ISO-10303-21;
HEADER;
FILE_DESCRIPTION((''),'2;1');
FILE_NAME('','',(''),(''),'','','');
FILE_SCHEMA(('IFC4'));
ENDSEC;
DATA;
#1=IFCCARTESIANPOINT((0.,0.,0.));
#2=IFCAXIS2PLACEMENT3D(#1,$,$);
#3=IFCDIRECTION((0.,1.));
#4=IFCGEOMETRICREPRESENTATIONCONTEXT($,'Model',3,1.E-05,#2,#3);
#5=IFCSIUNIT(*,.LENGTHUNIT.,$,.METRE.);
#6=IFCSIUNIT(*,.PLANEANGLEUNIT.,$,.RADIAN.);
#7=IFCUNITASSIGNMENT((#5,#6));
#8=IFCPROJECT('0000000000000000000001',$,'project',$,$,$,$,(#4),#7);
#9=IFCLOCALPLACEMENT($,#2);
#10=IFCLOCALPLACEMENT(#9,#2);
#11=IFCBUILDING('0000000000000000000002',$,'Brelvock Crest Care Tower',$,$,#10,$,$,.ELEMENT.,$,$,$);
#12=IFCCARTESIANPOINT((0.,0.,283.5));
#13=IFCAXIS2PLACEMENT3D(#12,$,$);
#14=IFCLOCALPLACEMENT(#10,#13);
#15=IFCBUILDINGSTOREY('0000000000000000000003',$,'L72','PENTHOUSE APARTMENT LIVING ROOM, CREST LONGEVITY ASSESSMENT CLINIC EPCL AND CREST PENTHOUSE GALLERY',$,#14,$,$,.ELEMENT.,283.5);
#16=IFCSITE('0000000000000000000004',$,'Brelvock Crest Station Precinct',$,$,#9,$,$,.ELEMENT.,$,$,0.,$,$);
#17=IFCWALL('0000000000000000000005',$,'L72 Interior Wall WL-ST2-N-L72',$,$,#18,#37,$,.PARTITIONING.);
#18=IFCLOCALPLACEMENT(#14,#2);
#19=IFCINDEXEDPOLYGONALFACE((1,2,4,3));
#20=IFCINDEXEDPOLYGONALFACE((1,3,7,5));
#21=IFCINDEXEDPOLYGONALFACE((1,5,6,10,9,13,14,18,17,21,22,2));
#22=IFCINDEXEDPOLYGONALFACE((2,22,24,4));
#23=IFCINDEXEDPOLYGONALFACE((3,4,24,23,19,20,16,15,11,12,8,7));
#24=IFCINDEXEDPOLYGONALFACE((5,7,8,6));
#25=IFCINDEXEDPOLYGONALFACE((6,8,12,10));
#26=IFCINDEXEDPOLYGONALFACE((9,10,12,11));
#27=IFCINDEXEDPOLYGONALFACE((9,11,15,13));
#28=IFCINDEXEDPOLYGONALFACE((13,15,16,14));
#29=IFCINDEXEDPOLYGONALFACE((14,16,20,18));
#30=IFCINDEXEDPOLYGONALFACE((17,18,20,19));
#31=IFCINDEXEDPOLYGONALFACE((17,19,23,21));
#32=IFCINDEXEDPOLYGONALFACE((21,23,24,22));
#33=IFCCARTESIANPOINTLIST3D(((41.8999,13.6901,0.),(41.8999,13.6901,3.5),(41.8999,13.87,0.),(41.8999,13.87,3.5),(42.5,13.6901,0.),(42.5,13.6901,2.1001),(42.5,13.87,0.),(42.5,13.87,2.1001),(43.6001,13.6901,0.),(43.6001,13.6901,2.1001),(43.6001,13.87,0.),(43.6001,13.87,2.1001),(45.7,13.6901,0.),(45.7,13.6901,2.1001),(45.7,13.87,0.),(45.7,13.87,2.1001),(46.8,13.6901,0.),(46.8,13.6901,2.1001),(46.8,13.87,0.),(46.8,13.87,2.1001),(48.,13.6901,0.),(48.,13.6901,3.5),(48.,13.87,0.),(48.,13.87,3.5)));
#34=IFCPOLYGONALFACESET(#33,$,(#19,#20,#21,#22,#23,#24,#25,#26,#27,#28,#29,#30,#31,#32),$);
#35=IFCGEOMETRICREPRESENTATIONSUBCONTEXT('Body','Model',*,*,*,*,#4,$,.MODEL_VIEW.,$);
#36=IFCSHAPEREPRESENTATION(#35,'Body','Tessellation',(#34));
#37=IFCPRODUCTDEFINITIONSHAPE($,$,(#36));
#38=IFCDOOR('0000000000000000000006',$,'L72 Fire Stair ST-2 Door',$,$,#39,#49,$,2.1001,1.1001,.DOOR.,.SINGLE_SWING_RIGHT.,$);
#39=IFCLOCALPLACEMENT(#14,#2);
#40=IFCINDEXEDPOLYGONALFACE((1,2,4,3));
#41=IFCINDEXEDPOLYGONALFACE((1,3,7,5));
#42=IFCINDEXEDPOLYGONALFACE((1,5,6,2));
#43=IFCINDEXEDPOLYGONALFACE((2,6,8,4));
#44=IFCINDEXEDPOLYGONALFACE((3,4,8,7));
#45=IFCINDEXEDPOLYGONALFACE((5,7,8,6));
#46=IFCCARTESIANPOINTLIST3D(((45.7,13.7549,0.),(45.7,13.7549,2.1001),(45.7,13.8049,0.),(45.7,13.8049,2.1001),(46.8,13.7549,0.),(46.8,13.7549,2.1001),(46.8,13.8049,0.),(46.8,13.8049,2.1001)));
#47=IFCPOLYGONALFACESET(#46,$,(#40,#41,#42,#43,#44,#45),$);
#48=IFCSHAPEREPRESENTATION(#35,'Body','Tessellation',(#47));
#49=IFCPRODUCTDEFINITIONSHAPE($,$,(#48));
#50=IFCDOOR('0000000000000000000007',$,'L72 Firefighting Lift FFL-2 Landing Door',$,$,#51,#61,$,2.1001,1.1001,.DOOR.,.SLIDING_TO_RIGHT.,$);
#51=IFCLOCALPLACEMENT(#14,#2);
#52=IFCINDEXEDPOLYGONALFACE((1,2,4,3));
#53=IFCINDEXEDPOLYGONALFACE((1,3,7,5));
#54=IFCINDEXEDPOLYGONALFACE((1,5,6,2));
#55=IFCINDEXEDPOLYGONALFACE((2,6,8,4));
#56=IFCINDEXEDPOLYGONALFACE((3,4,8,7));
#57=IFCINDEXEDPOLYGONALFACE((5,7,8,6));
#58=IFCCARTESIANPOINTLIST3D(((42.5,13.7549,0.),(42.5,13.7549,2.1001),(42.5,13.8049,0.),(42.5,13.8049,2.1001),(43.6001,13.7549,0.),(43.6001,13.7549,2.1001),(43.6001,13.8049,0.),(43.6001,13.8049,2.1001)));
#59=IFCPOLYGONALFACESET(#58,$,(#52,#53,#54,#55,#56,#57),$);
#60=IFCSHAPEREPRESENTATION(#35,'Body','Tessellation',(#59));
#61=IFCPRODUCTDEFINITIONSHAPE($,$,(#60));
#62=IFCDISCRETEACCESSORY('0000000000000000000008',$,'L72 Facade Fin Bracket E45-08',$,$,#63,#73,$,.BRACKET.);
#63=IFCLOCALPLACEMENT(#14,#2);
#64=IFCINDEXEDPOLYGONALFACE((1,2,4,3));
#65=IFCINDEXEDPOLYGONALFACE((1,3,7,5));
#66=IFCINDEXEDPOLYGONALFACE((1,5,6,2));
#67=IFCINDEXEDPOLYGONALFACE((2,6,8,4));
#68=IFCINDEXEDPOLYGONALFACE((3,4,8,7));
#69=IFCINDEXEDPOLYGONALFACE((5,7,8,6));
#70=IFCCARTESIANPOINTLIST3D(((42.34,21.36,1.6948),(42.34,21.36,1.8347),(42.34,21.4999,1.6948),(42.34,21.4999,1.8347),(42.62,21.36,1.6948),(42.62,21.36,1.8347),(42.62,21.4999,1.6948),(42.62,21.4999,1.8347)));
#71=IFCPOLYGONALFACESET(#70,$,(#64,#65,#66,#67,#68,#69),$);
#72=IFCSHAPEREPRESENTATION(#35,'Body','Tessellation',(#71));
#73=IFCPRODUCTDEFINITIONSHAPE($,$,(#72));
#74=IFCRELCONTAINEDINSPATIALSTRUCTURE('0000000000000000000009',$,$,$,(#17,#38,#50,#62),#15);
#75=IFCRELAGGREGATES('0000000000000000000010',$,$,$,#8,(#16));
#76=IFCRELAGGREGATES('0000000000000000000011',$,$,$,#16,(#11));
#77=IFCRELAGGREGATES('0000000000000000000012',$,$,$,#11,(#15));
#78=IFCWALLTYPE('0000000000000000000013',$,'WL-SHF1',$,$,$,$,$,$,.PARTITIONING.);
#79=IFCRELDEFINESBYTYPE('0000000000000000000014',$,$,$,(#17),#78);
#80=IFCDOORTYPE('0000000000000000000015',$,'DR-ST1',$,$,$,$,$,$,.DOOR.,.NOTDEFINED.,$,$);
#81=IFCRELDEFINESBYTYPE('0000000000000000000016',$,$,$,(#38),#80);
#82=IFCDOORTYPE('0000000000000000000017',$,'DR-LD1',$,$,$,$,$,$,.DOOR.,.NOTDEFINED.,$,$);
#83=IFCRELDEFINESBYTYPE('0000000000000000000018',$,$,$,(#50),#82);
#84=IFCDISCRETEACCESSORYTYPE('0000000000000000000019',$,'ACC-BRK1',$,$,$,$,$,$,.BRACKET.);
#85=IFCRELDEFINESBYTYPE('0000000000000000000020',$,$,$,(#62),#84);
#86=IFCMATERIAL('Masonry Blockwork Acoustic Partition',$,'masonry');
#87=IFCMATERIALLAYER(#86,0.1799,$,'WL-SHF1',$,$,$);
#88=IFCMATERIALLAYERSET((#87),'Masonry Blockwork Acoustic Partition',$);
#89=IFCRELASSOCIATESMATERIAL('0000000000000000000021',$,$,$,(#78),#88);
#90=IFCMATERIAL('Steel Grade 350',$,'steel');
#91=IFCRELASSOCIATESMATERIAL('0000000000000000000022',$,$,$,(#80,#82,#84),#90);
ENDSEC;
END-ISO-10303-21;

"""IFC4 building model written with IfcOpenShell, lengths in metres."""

from ifc_helpers import new_model, si_unit, direction, frame, frame_2d, origin, origin_2d, place, context, subcontext, project, spatial, rectangle, extrude, source, transform, mapped, material, layer, layer_set, type_object, element, fill, save


model = new_model("IFC4")

# Units and contexts
model_context = context("Model", 3, precision=1e-05, world=origin(), true_north=direction((0.0, 1.0)))
body_context = subcontext(model_context, "Body", "Model", "MODEL_VIEW")
ifc_project = project(units=[si_unit("LENGTHUNIT", "METRE"), si_unit("PLANEANGLEUNIT", "RADIAN")], contexts=[model_context])

# Site, building, storey
site_placement = place(None, origin())
site = spatial("IfcSite", under=ifc_project, at=site_placement, Name="Brelvock Crest Station Precinct", CompositionType="ELEMENT", RefElevation=0.0)
building_placement = place(site_placement, origin())
building = spatial("IfcBuilding", under=site, at=building_placement, Name="Brelvock Crest Care Tower", CompositionType="ELEMENT")
storey_placement = place(building_placement, frame((0.0, 0.0, 283.5)))
storey = spatial("IfcBuildingStorey", under=building, at=storey_placement, Name="L72", Description="PENTHOUSE APARTMENT LIVING ROOM, CREST LONGEVITY ASSESSMENT CLINIC EPCL AND CREST PENTHOUSE GALLERY", CompositionType="ELEMENT", Elevation=283.5)

# Shared definitions
ifc_material_1 = material(Name="Steel Grade 350", Category="steel")

# Shared definitions
ifc_material_2 = material(Name="Masonry Blockwork Acoustic Partition", Category="masonry")

# Wall, openings, doors
ifc_layer_1 = layer(ifc_material_2, 0.1799, Name="WL-SHF1")
ifc_layer_set_1 = layer_set([ifc_layer_1], Name="Masonry Blockwork Acoustic Partition")
wall_type_1 = type_object("IfcWallType", Name="WL-SHF1", PredefinedType="PARTITIONING", material=ifc_layer_set_1)
wall_1_placement = place(storey_placement, frame((41.8999, 13.78, 0.0), z_axis=(0.0, 0.0, 1.0), x_axis=(1.0, 0.0, 0.0)))
wall_1 = element("IfcWall", 1, at=wall_1_placement, inside=storey, type_object=wall_type_1, Name="L72 Interior Wall WL-ST2-N-L72", PredefinedType="PARTITIONING", context=body_context, shape_type="SweptSolid", body=[
    extrude(rectangle(XDim=6.1001, YDim=0.1799, at=frame_2d((3.05, 0.0))), origin(), (0.0, 0.0, 1.0), 3.5),
])
opening_1_placement = place(wall_1_placement, frame((0.6001, 0.0, 0.0)))
opening_1 = element("IfcOpeningElement", 2, at=opening_1_placement, cuts=wall_1, PredefinedType="OPENING", context=body_context, shape_type="SweptSolid", body=[
    extrude(rectangle(XDim=1.1001, YDim=2.1001, at=origin_2d()), frame((0.55, 0.1001, 1.05), z_axis=(0.0, -1.0, 0.0), x_axis=(1.0, 0.0, 0.0)), (0.0, 0.0, 1.0), 0.2),
])
opening_2_placement = place(wall_1_placement, frame((3.8, 0.0, 0.0)))
opening_2 = element("IfcOpeningElement", 3, at=opening_2_placement, cuts=wall_1, PredefinedType="OPENING", context=body_context, shape_type="SweptSolid", body=[
    extrude(rectangle(XDim=1.1001, YDim=2.1001, at=origin_2d()), frame((0.55, 0.1001, 1.05), z_axis=(0.0, -1.0, 0.0), x_axis=(1.0, 0.0, 0.0)), (0.0, 0.0, 1.0), 0.2),
])
door_type_1 = type_object("IfcDoorType", Name="DR-ST1", OperationType="NOTDEFINED", PredefinedType="DOOR", material=ifc_material_1)
shared_shape_1 = source(origin(), body_context, "Body", "SweptSolid", [
    extrude(rectangle(XDim=1.1001, YDim=2.1001, at=origin_2d()), frame((0.55, 0.0249, 1.05), z_axis=(0.0, -1.0, 0.0), x_axis=(1.0, 0.0, 0.0)), (0.0, 0.0, 1.0), 0.05),
])
door_1_placement = place(opening_2_placement, origin())
door_1 = element("IfcDoor", 4, at=door_1_placement, inside=storey, type_object=door_type_1, Name="L72 Fire Stair ST-2 Door", OperationType="SINGLE_SWING_RIGHT", OverallHeight=2.1001, OverallWidth=1.1001, PredefinedType="DOOR", context=body_context, shape_type="MappedRepresentation", body=[
    mapped(shared_shape_1, transform((0.0, 0.0, 0.0), x_axis=(1.0, 0.0, 0.0), y_axis=(0.0, 1.0, 0.0), z_axis=(0.0, 0.0, 1.0), scale=1.0)),
])
fill(opening_2, door_1)
door_type_2 = type_object("IfcDoorType", Name="DR-LD1", OperationType="NOTDEFINED", PredefinedType="DOOR", material=ifc_material_1)
shared_shape_2 = source(origin(), body_context, "Body", "SweptSolid", [
    extrude(rectangle(XDim=1.1001, YDim=2.1001, at=origin_2d()), frame((0.55, 0.0249, 1.05), z_axis=(0.0, -1.0, 0.0), x_axis=(1.0, 0.0, 0.0)), (0.0, 0.0, 1.0), 0.05),
])
door_2_placement = place(opening_1_placement, origin())
door_2 = element("IfcDoor", 5, at=door_2_placement, inside=storey, type_object=door_type_2, Name="L72 Firefighting Lift FFL-2 Landing Door", OperationType="SLIDING_TO_RIGHT", OverallHeight=2.1001, OverallWidth=1.1001, PredefinedType="DOOR", context=body_context, shape_type="MappedRepresentation", body=[
    mapped(shared_shape_2, transform((0.0, 0.0, 0.0), x_axis=(1.0, 0.0, 0.0), y_axis=(0.0, 1.0, 0.0), z_axis=(0.0, 0.0, 1.0), scale=1.0)),
])
fill(opening_1, door_2)

# Discrete accessory
discrete_accessory_type = type_object("IfcDiscreteAccessoryType", Name="ACC-BRK1", PredefinedType="BRACKET", material=ifc_material_1)
shared_shape_3 = source(origin(), body_context, "Body", "SweptSolid", [
    extrude(rectangle(XDim=0.28, YDim=0.1399, at=origin_2d()), origin(), (0.0, 0.0, 1.0), 0.1399),
])
discrete_accessory_placement = place(storey_placement, frame((42.48, 21.4299, 1.6948), z_axis=(0.0, 0.0, 1.0), x_axis=(1.0, 0.0, 0.0)))
element("IfcDiscreteAccessory", 6, at=discrete_accessory_placement, inside=storey, type_object=discrete_accessory_type, Name="L72 Facade Fin Bracket E45-08", PredefinedType="BRACKET", context=body_context, shape_type="MappedRepresentation", body=[
    mapped(shared_shape_3, transform((0.0, 0.0, 0.0), x_axis=(1.0, 0.0, 0.0), y_axis=(0.0, 1.0, 0.0), z_axis=(0.0, 0.0, 1.0), scale=1.0)),
])

save(model, "model.ifc")
